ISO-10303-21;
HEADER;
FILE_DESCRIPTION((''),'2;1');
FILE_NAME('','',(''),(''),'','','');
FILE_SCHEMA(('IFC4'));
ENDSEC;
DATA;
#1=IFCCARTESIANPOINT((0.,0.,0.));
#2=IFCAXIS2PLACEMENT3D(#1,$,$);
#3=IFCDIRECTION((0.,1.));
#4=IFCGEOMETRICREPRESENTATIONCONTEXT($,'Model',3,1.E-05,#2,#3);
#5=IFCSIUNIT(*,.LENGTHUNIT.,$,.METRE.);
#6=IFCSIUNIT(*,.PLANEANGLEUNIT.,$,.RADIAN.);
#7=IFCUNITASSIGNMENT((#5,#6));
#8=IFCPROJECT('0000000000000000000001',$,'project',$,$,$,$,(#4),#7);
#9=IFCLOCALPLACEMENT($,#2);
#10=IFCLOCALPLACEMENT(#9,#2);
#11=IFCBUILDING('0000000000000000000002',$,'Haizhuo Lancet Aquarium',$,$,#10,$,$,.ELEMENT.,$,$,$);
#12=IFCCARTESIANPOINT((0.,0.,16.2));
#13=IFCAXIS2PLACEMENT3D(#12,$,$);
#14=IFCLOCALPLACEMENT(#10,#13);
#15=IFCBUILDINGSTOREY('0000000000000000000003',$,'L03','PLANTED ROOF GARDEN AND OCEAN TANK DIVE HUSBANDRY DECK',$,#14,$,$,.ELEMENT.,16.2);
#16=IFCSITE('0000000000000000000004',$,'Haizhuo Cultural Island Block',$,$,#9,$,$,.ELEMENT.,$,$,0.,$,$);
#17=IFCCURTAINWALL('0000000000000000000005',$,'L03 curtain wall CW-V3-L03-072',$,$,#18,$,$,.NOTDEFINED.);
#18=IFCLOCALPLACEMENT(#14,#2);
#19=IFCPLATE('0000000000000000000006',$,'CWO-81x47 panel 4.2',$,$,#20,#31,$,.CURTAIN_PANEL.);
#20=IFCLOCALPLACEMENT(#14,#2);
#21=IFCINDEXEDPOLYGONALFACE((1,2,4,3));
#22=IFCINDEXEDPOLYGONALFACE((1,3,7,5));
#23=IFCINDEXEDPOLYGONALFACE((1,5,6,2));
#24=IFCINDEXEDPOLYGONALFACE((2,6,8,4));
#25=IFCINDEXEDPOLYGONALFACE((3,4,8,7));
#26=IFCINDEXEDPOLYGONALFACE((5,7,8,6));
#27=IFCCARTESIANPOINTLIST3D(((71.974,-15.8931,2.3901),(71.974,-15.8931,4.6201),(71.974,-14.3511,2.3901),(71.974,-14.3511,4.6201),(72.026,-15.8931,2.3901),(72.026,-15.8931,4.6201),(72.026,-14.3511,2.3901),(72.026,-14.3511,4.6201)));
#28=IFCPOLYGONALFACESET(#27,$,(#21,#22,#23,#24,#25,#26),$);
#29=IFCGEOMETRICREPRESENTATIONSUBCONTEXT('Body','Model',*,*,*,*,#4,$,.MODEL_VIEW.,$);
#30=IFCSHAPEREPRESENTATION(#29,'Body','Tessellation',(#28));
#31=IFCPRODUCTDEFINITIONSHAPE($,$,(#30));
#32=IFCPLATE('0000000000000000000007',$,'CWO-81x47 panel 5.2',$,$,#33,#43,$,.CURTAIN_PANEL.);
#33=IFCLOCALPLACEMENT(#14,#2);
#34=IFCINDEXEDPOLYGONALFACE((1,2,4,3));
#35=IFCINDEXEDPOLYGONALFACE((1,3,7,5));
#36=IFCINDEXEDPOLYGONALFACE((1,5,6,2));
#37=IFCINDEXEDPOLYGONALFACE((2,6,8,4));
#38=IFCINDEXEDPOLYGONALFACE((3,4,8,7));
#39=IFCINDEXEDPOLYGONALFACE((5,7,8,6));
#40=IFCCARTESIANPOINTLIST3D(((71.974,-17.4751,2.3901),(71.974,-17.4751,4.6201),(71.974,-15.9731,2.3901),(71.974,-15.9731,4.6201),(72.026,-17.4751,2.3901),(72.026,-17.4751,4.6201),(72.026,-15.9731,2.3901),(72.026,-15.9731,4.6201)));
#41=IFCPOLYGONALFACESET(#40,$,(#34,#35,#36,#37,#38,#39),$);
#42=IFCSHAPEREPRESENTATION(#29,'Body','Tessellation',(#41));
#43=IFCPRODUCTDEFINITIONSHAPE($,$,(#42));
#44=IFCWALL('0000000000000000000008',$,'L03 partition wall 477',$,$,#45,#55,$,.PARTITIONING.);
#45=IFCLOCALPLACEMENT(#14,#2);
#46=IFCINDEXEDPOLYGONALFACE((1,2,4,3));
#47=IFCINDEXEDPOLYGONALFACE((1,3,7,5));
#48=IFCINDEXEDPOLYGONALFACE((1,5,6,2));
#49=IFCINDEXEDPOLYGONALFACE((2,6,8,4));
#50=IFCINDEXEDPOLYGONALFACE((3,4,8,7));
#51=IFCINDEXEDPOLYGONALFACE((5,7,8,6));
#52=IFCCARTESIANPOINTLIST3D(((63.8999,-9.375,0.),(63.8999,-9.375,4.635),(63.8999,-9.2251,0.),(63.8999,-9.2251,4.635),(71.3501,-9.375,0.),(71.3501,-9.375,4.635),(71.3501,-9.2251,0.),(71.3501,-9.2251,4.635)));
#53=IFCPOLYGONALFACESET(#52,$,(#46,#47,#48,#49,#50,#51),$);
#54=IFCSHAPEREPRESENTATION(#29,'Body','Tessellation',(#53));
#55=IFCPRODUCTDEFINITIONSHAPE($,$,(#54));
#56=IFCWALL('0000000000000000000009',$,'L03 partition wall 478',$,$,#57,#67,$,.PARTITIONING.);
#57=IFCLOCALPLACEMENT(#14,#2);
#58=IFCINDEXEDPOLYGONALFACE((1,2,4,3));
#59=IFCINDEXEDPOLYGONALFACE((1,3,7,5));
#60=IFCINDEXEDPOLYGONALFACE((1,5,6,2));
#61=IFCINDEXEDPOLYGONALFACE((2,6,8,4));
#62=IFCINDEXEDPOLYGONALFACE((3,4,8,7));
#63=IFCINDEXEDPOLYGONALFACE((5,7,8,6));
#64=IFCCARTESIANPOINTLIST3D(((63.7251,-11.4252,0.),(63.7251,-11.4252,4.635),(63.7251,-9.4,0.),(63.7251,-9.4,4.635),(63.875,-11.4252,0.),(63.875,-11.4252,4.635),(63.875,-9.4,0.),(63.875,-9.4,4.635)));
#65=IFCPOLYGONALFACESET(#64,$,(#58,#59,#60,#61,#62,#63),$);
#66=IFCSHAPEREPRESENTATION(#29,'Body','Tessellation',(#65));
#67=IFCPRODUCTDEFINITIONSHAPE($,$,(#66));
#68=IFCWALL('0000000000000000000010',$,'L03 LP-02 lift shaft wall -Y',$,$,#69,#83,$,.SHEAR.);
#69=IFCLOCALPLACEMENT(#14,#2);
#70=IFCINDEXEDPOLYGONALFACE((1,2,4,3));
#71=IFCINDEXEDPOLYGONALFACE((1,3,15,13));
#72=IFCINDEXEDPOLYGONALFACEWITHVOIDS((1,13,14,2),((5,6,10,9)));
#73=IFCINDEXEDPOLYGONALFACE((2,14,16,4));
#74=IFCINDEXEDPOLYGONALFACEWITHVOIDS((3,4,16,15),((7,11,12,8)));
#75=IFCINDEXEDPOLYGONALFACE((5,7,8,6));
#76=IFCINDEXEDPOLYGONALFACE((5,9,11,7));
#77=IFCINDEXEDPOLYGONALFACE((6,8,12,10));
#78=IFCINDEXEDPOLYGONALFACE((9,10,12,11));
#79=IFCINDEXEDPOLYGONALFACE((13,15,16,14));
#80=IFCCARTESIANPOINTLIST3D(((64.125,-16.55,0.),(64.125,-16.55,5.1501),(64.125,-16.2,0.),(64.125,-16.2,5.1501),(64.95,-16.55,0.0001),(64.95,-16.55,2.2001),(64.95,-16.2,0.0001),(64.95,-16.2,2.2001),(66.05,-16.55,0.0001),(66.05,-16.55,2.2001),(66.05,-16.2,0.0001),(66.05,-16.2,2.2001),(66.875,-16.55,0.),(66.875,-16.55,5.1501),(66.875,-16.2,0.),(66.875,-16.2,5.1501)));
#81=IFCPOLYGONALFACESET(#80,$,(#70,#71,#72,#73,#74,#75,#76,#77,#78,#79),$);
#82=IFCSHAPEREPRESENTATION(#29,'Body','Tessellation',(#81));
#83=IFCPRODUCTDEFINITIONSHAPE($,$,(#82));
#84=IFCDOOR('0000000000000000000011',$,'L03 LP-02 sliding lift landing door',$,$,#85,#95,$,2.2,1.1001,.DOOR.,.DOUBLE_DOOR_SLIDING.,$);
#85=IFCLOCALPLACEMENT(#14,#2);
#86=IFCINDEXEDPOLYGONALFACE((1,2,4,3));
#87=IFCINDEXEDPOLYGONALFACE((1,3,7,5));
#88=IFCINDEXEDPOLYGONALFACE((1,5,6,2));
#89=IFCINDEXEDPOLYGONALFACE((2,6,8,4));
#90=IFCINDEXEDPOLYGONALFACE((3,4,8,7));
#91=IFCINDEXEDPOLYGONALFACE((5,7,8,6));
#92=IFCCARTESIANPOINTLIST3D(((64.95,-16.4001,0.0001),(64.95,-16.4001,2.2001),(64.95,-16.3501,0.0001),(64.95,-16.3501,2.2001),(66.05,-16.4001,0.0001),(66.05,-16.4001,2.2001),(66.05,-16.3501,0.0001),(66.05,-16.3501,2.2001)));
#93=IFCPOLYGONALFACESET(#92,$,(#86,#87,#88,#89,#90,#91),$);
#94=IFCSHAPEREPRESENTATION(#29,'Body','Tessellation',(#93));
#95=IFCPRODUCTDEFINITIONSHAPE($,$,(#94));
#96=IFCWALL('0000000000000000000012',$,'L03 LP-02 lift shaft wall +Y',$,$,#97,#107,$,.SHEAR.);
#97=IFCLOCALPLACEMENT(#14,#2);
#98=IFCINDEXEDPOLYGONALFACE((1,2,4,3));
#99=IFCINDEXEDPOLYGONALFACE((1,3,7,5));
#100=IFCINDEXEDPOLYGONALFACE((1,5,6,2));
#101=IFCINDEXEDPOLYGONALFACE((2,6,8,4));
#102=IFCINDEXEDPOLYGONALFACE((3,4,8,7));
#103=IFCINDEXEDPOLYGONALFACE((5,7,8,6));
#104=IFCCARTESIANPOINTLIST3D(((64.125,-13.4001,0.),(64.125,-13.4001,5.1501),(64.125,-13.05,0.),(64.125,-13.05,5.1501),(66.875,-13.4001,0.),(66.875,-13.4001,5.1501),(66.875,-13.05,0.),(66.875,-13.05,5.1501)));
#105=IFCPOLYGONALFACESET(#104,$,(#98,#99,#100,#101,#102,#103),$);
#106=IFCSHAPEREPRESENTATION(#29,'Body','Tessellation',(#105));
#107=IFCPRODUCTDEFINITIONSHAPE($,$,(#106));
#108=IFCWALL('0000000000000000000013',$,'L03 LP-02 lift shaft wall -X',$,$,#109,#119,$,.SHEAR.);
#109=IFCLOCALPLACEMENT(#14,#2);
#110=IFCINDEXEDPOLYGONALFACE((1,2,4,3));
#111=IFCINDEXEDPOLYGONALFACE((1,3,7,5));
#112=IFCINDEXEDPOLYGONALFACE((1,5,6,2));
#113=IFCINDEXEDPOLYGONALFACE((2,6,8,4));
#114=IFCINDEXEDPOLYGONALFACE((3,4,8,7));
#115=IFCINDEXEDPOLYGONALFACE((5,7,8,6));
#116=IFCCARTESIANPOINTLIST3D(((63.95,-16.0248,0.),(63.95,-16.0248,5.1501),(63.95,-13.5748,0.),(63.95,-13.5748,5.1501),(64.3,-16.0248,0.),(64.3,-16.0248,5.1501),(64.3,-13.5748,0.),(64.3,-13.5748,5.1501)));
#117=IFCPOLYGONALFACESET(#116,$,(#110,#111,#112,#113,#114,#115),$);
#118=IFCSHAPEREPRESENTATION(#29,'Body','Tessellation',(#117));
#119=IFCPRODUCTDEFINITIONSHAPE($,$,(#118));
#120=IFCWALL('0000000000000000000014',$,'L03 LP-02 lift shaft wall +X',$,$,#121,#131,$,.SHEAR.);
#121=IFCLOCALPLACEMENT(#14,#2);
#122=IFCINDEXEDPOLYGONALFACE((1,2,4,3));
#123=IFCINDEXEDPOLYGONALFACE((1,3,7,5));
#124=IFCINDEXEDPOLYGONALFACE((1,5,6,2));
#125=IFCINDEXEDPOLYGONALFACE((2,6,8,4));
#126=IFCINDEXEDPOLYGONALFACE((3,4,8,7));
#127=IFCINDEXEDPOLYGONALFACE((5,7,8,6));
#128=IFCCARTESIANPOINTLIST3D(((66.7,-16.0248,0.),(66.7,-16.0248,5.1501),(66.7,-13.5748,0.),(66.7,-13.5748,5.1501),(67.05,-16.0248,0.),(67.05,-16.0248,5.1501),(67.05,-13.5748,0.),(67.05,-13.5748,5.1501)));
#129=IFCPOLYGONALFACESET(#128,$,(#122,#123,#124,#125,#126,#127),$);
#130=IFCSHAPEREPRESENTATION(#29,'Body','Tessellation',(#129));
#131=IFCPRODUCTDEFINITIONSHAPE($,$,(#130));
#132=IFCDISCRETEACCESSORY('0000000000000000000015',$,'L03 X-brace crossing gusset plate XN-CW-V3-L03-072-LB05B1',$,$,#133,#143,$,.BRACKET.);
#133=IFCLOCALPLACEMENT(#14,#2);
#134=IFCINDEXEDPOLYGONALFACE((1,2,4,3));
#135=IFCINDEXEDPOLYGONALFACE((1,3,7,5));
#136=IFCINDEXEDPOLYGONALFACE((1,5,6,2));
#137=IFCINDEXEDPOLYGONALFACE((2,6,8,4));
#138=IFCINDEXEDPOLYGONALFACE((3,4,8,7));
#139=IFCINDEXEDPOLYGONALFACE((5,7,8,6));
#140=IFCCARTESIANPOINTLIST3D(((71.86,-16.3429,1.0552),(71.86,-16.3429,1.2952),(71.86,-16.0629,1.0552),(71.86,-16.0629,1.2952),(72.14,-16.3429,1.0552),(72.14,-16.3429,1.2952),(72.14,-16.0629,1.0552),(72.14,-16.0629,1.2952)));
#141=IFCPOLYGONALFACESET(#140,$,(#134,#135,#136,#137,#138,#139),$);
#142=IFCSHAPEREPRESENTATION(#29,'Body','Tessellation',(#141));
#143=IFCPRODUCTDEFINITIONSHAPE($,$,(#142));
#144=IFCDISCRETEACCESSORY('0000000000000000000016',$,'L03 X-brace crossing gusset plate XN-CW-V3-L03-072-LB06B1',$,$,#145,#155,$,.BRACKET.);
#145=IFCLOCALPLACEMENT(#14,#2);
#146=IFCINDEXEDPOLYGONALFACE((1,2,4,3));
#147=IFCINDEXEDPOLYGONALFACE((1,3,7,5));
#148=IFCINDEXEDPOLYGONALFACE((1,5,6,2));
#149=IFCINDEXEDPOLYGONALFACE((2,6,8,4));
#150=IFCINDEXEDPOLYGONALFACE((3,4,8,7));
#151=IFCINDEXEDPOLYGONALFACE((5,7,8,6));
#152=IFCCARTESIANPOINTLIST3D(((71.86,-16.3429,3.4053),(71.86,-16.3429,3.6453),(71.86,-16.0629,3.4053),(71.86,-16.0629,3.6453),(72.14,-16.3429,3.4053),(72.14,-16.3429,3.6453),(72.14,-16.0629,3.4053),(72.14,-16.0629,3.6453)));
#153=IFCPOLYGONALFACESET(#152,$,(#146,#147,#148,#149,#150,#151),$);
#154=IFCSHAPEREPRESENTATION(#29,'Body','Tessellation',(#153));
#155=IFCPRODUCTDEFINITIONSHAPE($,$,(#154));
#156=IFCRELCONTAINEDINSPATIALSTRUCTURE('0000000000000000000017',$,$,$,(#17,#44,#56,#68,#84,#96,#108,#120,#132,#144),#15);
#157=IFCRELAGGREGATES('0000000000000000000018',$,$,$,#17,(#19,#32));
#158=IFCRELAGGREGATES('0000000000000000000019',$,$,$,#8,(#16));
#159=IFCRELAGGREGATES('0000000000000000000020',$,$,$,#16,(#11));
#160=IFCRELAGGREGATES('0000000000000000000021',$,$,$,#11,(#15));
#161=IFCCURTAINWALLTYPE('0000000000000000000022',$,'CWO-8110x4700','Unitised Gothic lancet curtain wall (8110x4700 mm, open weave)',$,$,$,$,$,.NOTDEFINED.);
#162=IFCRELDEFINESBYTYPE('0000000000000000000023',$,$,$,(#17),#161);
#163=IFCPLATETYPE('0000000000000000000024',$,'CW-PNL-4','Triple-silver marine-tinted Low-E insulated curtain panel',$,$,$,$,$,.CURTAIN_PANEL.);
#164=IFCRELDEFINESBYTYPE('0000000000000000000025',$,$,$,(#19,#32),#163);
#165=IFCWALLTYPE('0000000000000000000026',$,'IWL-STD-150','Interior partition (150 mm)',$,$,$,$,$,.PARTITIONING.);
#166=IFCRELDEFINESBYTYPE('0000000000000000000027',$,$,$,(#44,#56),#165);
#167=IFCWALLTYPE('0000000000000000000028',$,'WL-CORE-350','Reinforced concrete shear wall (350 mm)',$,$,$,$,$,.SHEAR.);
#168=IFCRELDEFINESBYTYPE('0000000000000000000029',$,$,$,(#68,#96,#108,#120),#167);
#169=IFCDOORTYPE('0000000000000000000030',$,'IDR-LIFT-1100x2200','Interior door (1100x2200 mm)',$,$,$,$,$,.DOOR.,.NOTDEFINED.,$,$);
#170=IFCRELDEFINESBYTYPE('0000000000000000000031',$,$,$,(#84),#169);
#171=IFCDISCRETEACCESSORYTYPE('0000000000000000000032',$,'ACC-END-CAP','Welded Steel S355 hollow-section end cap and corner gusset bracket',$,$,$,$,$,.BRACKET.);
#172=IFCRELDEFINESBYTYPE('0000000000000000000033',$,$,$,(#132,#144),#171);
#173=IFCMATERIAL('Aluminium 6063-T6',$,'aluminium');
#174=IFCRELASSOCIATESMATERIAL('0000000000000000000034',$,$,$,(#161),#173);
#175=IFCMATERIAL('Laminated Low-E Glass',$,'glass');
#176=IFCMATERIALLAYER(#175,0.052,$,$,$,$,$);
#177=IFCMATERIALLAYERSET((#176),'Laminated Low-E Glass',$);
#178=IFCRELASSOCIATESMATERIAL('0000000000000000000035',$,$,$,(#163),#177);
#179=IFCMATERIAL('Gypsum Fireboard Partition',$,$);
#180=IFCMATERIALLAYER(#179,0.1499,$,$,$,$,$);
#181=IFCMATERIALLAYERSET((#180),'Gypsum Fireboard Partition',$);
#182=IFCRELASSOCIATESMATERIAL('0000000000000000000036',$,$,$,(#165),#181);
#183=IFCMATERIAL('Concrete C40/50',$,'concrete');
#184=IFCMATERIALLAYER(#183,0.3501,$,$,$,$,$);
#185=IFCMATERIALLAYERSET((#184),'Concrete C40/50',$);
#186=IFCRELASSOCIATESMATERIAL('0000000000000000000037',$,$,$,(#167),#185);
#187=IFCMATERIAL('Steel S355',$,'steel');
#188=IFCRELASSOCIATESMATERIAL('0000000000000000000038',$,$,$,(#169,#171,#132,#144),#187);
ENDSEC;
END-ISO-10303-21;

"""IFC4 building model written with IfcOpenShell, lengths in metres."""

from ifc_helpers import new_model, si_unit, direction, frame, frame_2d, origin, origin_2d, place, context, subcontext, project, spatial, rectangle, extrude, material, layer, layer_set, type_object, element, fill, aggregate, save


model = new_model("IFC4")

# Units and contexts
model_context = context("Model", 3, precision=1e-05, world=origin(), true_north=direction((0.0, 1.0)))
body_context = subcontext(model_context, "Body", "Model", "MODEL_VIEW")
ifc_project = project(units=[si_unit("LENGTHUNIT", "METRE"), si_unit("PLANEANGLEUNIT", "RADIAN")], contexts=[model_context])

# Site, building, storey
site_placement = place(None, origin())
site = spatial("IfcSite", under=ifc_project, at=site_placement, Name="Haizhuo Cultural Island Block", CompositionType="ELEMENT", RefElevation=0.0)
building_placement = place(site_placement, origin())
building = spatial("IfcBuilding", under=site, at=building_placement, Name="Haizhuo Lancet Aquarium", CompositionType="ELEMENT")
storey_placement = place(building_placement, frame((0.0, 0.0, 16.2)))
storey = spatial("IfcBuildingStorey", under=building, at=storey_placement, Name="L03", Description="PLANTED ROOF GARDEN AND OCEAN TANK DIVE HUSBANDRY DECK", CompositionType="ELEMENT", Elevation=16.2)

# Curtain wall
ifc_material_1 = material(Name="Aluminium 6063-T6", Category="aluminium")
curtain_wall_type = type_object("IfcCurtainWallType", Name="CWO-8110x4700", Description="Unitised Gothic lancet curtain wall (8110x4700 mm, open weave)", PredefinedType="NOTDEFINED", material=ifc_material_1)
curtain_wall_placement = place(storey_placement, origin())
curtain_wall = element("IfcCurtainWall", 1, at=curtain_wall_placement, inside=storey, type_object=curtain_wall_type, Name="L03 curtain wall CW-V3-L03-072", PredefinedType="NOTDEFINED")

# Shared definitions
ifc_material_2 = material(Name="Steel S355", Category="steel")

# Plates
ifc_material_3 = material(Name="Laminated Low-E Glass", Category="glass")
ifc_layer_1 = layer(ifc_material_3, 0.052)
ifc_layer_set_1 = layer_set([ifc_layer_1], Name="Laminated Low-E Glass")
plate_type = type_object("IfcPlateType", Name="CW-PNL-4", Description="Triple-silver marine-tinted Low-E insulated curtain panel", PredefinedType="CURTAIN_PANEL", material=ifc_layer_set_1)
plate_1_placement = place(storey_placement, frame((72.0, -15.1221, 2.3901), z_axis=(0.0, 0.0, 1.0), x_axis=(0.0, -1.0, 0.0)))
plate_1 = element("IfcPlate", 2, at=plate_1_placement, type_object=plate_type, Name="CWO-81x47 panel 4.2", PredefinedType="CURTAIN_PANEL", context=body_context, shape_type="SweptSolid", body=[
    extrude(rectangle(XDim=1.542, YDim=0.052, at=origin_2d()), origin(), (0.0, 0.0, 1.0), 2.23),
])
plate_2_placement = place(storey_placement, frame((72.0, -16.7241, 2.3901), z_axis=(0.0, 0.0, 1.0), x_axis=(0.0, -1.0, 0.0)))
plate_2 = element("IfcPlate", 3, at=plate_2_placement, type_object=plate_type, Name="CWO-81x47 panel 5.2", PredefinedType="CURTAIN_PANEL", context=body_context, shape_type="SweptSolid", body=[
    extrude(rectangle(XDim=1.502, YDim=0.052, at=origin_2d()), origin(), (0.0, 0.0, 1.0), 2.23),
])
aggregate(curtain_wall, [plate_1, plate_2])

# Walls
ifc_material_4 = material(Name="Gypsum Fireboard Partition")
ifc_layer_2 = layer(ifc_material_4, 0.1499)
ifc_layer_set_2 = layer_set([ifc_layer_2], Name="Gypsum Fireboard Partition")
wall_type_1 = type_object("IfcWallType", Name="IWL-STD-150", Description="Interior partition (150 mm)", PredefinedType="PARTITIONING", material=ifc_layer_set_2)
wall_1_placement = place(storey_placement, frame((71.3501, -9.3, 0.0), z_axis=(0.0, 0.0, 1.0), x_axis=(-1.0, 0.0, 0.0)))
element("IfcWall", 4, at=wall_1_placement, inside=storey, type_object=wall_type_1, Name="L03 partition wall 477", PredefinedType="PARTITIONING", context=body_context, shape_type="SweptSolid", body=[
    extrude(rectangle(XDim=7.4502, YDim=0.1499, at=frame_2d((3.7251, 0.0))), origin(), (0.0, 0.0, 1.0), 4.635),
])
wall_2_placement = place(storey_placement, frame((63.8, -9.3999, 0.0), z_axis=(0.0, 0.0, 1.0), x_axis=(0.0, -1.0, 0.0)))
element("IfcWall", 5, at=wall_2_placement, inside=storey, type_object=wall_type_1, Name="L03 partition wall 478", PredefinedType="PARTITIONING", context=body_context, shape_type="SweptSolid", body=[
    extrude(rectangle(XDim=2.0251, YDim=0.1499, at=frame_2d((1.0127, 0.0))), origin(), (0.0, 0.0, 1.0), 4.635),
])

# Wall, opening, door
ifc_material_5 = material(Name="Concrete C40/50", Category="concrete")
ifc_layer_3 = layer(ifc_material_5, 0.3501)
ifc_layer_set_3 = layer_set([ifc_layer_3], Name="Concrete C40/50")
wall_type_2 = type_object("IfcWallType", Name="WL-CORE-350", Description="Reinforced concrete shear wall (350 mm)", PredefinedType="SHEAR", material=ifc_layer_set_3)
wall_3_placement = place(storey_placement, frame((64.125, -16.375, 0.0), z_axis=(0.0, 0.0, 1.0), x_axis=(1.0, 0.0, 0.0)))
wall_3 = element("IfcWall", 6, at=wall_3_placement, inside=storey, type_object=wall_type_2, Name="L03 LP-02 lift shaft wall -Y", PredefinedType="SHEAR", context=body_context, shape_type="SweptSolid", body=[
    extrude(rectangle(XDim=2.75, YDim=0.3501, at=frame_2d((1.375, 0.0))), origin(), (0.0, 0.0, 1.0), 5.1501),
])
opening_placement = place(wall_3_placement, frame((0.825, 0.0, 0.0)))
opening = element("IfcOpeningElement", 7, at=opening_placement, cuts=wall_3, PredefinedType="OPENING", context=body_context, shape_type="SweptSolid", body=[
    extrude(rectangle(XDim=1.1001, YDim=2.2, at=frame_2d((0.55, 1.1001))), frame((0.0, 0.1851, 0.0), z_axis=(0.0, -1.0, 0.0), x_axis=(1.0, 0.0, 0.0)), (0.0, 0.0, 1.0), 0.3701),
])
door_type = type_object("IfcDoorType", Name="IDR-LIFT-1100x2200", Description="Interior door (1100x2200 mm)", OperationType="NOTDEFINED", PredefinedType="DOOR", material=ifc_material_2)
door_placement = place(opening_placement, origin())
door = element("IfcDoor", 8, at=door_placement, inside=storey, type_object=door_type, Name="L03 LP-02 sliding lift landing door", OperationType="DOUBLE_DOOR_SLIDING", OverallHeight=2.2, OverallWidth=1.1001, PredefinedType="DOOR", context=body_context, shape_type="SweptSolid", body=[
    extrude(rectangle(XDim=1.1001, YDim=2.2, at=frame_2d((0.55, 1.1001))), frame((0.0, 0.0249, 0.0), z_axis=(0.0, -1.0, 0.0), x_axis=(1.0, 0.0, 0.0)), (0.0, 0.0, 1.0), 0.05),
])
fill(opening, door)

# Walls
wall_4_placement = place(storey_placement, frame((66.875, -13.2251, 0.0), z_axis=(0.0, 0.0, 1.0), x_axis=(-1.0, 0.0, 0.0)))
element("IfcWall", 9, at=wall_4_placement, inside=storey, type_object=wall_type_2, Name="L03 LP-02 lift shaft wall +Y", PredefinedType="SHEAR", context=body_context, shape_type="SweptSolid", body=[
    extrude(rectangle(XDim=2.75, YDim=0.3501, at=frame_2d((1.375, 0.0))), origin(), (0.0, 0.0, 1.0), 5.1501),
])
for number, where, z_axis, x_axis, name in (
    (10, (64.125, -16.0249, 0.0), (0.0, 0.0, 1.0), (0.0, 1.0, 0.0), "L03 LP-02 lift shaft wall -X"),
    (11, (66.875, -16.0249, 0.0), (0.0, 0.0, 1.0), (0.0, 1.0, 0.0), "L03 LP-02 lift shaft wall +X"),
):
    element("IfcWall", number, at=place(storey_placement, frame(where, z_axis=z_axis, x_axis=x_axis)), inside=storey, type_object=wall_type_2, Name=name, PredefinedType="SHEAR", context=body_context, shape_type="SweptSolid", body=[
        extrude(rectangle(XDim=2.45, YDim=0.3501, at=frame_2d((1.2251, 0.0))), origin(), (0.0, 0.0, 1.0), 5.1501),
    ])

# Discrete accessories
discrete_accessory_type = type_object("IfcDiscreteAccessoryType", Name="ACC-END-CAP", Description="Welded Steel S355 hollow-section end cap and corner gusset bracket", PredefinedType="BRACKET", material=ifc_material_2)
for number, where, z_axis, x_axis, name in (
    (12, (72.0, -16.2029, 1.0552), (0.0, 0.0, 1.0), (1.0, 0.0, 0.0), "L03 X-brace crossing gusset plate XN-CW-V3-L03-072-LB05B1"),
    (13, (72.0, -16.2029, 3.4053), (0.0, 0.0, 1.0), (1.0, 0.0, 0.0), "L03 X-brace crossing gusset plate XN-CW-V3-L03-072-LB06B1"),
):
    element("IfcDiscreteAccessory", number, at=place(storey_placement, frame(where, z_axis=z_axis, x_axis=x_axis)), inside=storey, type_object=discrete_accessory_type, material=ifc_material_2, Name=name, PredefinedType="BRACKET", context=body_context, shape_type="SweptSolid", body=[
        extrude(rectangle(XDim=0.28, YDim=0.28, at=origin_2d()), origin(), (0.0, 0.0, 1.0), 0.24),
    ])

save(model, "model.ifc")
